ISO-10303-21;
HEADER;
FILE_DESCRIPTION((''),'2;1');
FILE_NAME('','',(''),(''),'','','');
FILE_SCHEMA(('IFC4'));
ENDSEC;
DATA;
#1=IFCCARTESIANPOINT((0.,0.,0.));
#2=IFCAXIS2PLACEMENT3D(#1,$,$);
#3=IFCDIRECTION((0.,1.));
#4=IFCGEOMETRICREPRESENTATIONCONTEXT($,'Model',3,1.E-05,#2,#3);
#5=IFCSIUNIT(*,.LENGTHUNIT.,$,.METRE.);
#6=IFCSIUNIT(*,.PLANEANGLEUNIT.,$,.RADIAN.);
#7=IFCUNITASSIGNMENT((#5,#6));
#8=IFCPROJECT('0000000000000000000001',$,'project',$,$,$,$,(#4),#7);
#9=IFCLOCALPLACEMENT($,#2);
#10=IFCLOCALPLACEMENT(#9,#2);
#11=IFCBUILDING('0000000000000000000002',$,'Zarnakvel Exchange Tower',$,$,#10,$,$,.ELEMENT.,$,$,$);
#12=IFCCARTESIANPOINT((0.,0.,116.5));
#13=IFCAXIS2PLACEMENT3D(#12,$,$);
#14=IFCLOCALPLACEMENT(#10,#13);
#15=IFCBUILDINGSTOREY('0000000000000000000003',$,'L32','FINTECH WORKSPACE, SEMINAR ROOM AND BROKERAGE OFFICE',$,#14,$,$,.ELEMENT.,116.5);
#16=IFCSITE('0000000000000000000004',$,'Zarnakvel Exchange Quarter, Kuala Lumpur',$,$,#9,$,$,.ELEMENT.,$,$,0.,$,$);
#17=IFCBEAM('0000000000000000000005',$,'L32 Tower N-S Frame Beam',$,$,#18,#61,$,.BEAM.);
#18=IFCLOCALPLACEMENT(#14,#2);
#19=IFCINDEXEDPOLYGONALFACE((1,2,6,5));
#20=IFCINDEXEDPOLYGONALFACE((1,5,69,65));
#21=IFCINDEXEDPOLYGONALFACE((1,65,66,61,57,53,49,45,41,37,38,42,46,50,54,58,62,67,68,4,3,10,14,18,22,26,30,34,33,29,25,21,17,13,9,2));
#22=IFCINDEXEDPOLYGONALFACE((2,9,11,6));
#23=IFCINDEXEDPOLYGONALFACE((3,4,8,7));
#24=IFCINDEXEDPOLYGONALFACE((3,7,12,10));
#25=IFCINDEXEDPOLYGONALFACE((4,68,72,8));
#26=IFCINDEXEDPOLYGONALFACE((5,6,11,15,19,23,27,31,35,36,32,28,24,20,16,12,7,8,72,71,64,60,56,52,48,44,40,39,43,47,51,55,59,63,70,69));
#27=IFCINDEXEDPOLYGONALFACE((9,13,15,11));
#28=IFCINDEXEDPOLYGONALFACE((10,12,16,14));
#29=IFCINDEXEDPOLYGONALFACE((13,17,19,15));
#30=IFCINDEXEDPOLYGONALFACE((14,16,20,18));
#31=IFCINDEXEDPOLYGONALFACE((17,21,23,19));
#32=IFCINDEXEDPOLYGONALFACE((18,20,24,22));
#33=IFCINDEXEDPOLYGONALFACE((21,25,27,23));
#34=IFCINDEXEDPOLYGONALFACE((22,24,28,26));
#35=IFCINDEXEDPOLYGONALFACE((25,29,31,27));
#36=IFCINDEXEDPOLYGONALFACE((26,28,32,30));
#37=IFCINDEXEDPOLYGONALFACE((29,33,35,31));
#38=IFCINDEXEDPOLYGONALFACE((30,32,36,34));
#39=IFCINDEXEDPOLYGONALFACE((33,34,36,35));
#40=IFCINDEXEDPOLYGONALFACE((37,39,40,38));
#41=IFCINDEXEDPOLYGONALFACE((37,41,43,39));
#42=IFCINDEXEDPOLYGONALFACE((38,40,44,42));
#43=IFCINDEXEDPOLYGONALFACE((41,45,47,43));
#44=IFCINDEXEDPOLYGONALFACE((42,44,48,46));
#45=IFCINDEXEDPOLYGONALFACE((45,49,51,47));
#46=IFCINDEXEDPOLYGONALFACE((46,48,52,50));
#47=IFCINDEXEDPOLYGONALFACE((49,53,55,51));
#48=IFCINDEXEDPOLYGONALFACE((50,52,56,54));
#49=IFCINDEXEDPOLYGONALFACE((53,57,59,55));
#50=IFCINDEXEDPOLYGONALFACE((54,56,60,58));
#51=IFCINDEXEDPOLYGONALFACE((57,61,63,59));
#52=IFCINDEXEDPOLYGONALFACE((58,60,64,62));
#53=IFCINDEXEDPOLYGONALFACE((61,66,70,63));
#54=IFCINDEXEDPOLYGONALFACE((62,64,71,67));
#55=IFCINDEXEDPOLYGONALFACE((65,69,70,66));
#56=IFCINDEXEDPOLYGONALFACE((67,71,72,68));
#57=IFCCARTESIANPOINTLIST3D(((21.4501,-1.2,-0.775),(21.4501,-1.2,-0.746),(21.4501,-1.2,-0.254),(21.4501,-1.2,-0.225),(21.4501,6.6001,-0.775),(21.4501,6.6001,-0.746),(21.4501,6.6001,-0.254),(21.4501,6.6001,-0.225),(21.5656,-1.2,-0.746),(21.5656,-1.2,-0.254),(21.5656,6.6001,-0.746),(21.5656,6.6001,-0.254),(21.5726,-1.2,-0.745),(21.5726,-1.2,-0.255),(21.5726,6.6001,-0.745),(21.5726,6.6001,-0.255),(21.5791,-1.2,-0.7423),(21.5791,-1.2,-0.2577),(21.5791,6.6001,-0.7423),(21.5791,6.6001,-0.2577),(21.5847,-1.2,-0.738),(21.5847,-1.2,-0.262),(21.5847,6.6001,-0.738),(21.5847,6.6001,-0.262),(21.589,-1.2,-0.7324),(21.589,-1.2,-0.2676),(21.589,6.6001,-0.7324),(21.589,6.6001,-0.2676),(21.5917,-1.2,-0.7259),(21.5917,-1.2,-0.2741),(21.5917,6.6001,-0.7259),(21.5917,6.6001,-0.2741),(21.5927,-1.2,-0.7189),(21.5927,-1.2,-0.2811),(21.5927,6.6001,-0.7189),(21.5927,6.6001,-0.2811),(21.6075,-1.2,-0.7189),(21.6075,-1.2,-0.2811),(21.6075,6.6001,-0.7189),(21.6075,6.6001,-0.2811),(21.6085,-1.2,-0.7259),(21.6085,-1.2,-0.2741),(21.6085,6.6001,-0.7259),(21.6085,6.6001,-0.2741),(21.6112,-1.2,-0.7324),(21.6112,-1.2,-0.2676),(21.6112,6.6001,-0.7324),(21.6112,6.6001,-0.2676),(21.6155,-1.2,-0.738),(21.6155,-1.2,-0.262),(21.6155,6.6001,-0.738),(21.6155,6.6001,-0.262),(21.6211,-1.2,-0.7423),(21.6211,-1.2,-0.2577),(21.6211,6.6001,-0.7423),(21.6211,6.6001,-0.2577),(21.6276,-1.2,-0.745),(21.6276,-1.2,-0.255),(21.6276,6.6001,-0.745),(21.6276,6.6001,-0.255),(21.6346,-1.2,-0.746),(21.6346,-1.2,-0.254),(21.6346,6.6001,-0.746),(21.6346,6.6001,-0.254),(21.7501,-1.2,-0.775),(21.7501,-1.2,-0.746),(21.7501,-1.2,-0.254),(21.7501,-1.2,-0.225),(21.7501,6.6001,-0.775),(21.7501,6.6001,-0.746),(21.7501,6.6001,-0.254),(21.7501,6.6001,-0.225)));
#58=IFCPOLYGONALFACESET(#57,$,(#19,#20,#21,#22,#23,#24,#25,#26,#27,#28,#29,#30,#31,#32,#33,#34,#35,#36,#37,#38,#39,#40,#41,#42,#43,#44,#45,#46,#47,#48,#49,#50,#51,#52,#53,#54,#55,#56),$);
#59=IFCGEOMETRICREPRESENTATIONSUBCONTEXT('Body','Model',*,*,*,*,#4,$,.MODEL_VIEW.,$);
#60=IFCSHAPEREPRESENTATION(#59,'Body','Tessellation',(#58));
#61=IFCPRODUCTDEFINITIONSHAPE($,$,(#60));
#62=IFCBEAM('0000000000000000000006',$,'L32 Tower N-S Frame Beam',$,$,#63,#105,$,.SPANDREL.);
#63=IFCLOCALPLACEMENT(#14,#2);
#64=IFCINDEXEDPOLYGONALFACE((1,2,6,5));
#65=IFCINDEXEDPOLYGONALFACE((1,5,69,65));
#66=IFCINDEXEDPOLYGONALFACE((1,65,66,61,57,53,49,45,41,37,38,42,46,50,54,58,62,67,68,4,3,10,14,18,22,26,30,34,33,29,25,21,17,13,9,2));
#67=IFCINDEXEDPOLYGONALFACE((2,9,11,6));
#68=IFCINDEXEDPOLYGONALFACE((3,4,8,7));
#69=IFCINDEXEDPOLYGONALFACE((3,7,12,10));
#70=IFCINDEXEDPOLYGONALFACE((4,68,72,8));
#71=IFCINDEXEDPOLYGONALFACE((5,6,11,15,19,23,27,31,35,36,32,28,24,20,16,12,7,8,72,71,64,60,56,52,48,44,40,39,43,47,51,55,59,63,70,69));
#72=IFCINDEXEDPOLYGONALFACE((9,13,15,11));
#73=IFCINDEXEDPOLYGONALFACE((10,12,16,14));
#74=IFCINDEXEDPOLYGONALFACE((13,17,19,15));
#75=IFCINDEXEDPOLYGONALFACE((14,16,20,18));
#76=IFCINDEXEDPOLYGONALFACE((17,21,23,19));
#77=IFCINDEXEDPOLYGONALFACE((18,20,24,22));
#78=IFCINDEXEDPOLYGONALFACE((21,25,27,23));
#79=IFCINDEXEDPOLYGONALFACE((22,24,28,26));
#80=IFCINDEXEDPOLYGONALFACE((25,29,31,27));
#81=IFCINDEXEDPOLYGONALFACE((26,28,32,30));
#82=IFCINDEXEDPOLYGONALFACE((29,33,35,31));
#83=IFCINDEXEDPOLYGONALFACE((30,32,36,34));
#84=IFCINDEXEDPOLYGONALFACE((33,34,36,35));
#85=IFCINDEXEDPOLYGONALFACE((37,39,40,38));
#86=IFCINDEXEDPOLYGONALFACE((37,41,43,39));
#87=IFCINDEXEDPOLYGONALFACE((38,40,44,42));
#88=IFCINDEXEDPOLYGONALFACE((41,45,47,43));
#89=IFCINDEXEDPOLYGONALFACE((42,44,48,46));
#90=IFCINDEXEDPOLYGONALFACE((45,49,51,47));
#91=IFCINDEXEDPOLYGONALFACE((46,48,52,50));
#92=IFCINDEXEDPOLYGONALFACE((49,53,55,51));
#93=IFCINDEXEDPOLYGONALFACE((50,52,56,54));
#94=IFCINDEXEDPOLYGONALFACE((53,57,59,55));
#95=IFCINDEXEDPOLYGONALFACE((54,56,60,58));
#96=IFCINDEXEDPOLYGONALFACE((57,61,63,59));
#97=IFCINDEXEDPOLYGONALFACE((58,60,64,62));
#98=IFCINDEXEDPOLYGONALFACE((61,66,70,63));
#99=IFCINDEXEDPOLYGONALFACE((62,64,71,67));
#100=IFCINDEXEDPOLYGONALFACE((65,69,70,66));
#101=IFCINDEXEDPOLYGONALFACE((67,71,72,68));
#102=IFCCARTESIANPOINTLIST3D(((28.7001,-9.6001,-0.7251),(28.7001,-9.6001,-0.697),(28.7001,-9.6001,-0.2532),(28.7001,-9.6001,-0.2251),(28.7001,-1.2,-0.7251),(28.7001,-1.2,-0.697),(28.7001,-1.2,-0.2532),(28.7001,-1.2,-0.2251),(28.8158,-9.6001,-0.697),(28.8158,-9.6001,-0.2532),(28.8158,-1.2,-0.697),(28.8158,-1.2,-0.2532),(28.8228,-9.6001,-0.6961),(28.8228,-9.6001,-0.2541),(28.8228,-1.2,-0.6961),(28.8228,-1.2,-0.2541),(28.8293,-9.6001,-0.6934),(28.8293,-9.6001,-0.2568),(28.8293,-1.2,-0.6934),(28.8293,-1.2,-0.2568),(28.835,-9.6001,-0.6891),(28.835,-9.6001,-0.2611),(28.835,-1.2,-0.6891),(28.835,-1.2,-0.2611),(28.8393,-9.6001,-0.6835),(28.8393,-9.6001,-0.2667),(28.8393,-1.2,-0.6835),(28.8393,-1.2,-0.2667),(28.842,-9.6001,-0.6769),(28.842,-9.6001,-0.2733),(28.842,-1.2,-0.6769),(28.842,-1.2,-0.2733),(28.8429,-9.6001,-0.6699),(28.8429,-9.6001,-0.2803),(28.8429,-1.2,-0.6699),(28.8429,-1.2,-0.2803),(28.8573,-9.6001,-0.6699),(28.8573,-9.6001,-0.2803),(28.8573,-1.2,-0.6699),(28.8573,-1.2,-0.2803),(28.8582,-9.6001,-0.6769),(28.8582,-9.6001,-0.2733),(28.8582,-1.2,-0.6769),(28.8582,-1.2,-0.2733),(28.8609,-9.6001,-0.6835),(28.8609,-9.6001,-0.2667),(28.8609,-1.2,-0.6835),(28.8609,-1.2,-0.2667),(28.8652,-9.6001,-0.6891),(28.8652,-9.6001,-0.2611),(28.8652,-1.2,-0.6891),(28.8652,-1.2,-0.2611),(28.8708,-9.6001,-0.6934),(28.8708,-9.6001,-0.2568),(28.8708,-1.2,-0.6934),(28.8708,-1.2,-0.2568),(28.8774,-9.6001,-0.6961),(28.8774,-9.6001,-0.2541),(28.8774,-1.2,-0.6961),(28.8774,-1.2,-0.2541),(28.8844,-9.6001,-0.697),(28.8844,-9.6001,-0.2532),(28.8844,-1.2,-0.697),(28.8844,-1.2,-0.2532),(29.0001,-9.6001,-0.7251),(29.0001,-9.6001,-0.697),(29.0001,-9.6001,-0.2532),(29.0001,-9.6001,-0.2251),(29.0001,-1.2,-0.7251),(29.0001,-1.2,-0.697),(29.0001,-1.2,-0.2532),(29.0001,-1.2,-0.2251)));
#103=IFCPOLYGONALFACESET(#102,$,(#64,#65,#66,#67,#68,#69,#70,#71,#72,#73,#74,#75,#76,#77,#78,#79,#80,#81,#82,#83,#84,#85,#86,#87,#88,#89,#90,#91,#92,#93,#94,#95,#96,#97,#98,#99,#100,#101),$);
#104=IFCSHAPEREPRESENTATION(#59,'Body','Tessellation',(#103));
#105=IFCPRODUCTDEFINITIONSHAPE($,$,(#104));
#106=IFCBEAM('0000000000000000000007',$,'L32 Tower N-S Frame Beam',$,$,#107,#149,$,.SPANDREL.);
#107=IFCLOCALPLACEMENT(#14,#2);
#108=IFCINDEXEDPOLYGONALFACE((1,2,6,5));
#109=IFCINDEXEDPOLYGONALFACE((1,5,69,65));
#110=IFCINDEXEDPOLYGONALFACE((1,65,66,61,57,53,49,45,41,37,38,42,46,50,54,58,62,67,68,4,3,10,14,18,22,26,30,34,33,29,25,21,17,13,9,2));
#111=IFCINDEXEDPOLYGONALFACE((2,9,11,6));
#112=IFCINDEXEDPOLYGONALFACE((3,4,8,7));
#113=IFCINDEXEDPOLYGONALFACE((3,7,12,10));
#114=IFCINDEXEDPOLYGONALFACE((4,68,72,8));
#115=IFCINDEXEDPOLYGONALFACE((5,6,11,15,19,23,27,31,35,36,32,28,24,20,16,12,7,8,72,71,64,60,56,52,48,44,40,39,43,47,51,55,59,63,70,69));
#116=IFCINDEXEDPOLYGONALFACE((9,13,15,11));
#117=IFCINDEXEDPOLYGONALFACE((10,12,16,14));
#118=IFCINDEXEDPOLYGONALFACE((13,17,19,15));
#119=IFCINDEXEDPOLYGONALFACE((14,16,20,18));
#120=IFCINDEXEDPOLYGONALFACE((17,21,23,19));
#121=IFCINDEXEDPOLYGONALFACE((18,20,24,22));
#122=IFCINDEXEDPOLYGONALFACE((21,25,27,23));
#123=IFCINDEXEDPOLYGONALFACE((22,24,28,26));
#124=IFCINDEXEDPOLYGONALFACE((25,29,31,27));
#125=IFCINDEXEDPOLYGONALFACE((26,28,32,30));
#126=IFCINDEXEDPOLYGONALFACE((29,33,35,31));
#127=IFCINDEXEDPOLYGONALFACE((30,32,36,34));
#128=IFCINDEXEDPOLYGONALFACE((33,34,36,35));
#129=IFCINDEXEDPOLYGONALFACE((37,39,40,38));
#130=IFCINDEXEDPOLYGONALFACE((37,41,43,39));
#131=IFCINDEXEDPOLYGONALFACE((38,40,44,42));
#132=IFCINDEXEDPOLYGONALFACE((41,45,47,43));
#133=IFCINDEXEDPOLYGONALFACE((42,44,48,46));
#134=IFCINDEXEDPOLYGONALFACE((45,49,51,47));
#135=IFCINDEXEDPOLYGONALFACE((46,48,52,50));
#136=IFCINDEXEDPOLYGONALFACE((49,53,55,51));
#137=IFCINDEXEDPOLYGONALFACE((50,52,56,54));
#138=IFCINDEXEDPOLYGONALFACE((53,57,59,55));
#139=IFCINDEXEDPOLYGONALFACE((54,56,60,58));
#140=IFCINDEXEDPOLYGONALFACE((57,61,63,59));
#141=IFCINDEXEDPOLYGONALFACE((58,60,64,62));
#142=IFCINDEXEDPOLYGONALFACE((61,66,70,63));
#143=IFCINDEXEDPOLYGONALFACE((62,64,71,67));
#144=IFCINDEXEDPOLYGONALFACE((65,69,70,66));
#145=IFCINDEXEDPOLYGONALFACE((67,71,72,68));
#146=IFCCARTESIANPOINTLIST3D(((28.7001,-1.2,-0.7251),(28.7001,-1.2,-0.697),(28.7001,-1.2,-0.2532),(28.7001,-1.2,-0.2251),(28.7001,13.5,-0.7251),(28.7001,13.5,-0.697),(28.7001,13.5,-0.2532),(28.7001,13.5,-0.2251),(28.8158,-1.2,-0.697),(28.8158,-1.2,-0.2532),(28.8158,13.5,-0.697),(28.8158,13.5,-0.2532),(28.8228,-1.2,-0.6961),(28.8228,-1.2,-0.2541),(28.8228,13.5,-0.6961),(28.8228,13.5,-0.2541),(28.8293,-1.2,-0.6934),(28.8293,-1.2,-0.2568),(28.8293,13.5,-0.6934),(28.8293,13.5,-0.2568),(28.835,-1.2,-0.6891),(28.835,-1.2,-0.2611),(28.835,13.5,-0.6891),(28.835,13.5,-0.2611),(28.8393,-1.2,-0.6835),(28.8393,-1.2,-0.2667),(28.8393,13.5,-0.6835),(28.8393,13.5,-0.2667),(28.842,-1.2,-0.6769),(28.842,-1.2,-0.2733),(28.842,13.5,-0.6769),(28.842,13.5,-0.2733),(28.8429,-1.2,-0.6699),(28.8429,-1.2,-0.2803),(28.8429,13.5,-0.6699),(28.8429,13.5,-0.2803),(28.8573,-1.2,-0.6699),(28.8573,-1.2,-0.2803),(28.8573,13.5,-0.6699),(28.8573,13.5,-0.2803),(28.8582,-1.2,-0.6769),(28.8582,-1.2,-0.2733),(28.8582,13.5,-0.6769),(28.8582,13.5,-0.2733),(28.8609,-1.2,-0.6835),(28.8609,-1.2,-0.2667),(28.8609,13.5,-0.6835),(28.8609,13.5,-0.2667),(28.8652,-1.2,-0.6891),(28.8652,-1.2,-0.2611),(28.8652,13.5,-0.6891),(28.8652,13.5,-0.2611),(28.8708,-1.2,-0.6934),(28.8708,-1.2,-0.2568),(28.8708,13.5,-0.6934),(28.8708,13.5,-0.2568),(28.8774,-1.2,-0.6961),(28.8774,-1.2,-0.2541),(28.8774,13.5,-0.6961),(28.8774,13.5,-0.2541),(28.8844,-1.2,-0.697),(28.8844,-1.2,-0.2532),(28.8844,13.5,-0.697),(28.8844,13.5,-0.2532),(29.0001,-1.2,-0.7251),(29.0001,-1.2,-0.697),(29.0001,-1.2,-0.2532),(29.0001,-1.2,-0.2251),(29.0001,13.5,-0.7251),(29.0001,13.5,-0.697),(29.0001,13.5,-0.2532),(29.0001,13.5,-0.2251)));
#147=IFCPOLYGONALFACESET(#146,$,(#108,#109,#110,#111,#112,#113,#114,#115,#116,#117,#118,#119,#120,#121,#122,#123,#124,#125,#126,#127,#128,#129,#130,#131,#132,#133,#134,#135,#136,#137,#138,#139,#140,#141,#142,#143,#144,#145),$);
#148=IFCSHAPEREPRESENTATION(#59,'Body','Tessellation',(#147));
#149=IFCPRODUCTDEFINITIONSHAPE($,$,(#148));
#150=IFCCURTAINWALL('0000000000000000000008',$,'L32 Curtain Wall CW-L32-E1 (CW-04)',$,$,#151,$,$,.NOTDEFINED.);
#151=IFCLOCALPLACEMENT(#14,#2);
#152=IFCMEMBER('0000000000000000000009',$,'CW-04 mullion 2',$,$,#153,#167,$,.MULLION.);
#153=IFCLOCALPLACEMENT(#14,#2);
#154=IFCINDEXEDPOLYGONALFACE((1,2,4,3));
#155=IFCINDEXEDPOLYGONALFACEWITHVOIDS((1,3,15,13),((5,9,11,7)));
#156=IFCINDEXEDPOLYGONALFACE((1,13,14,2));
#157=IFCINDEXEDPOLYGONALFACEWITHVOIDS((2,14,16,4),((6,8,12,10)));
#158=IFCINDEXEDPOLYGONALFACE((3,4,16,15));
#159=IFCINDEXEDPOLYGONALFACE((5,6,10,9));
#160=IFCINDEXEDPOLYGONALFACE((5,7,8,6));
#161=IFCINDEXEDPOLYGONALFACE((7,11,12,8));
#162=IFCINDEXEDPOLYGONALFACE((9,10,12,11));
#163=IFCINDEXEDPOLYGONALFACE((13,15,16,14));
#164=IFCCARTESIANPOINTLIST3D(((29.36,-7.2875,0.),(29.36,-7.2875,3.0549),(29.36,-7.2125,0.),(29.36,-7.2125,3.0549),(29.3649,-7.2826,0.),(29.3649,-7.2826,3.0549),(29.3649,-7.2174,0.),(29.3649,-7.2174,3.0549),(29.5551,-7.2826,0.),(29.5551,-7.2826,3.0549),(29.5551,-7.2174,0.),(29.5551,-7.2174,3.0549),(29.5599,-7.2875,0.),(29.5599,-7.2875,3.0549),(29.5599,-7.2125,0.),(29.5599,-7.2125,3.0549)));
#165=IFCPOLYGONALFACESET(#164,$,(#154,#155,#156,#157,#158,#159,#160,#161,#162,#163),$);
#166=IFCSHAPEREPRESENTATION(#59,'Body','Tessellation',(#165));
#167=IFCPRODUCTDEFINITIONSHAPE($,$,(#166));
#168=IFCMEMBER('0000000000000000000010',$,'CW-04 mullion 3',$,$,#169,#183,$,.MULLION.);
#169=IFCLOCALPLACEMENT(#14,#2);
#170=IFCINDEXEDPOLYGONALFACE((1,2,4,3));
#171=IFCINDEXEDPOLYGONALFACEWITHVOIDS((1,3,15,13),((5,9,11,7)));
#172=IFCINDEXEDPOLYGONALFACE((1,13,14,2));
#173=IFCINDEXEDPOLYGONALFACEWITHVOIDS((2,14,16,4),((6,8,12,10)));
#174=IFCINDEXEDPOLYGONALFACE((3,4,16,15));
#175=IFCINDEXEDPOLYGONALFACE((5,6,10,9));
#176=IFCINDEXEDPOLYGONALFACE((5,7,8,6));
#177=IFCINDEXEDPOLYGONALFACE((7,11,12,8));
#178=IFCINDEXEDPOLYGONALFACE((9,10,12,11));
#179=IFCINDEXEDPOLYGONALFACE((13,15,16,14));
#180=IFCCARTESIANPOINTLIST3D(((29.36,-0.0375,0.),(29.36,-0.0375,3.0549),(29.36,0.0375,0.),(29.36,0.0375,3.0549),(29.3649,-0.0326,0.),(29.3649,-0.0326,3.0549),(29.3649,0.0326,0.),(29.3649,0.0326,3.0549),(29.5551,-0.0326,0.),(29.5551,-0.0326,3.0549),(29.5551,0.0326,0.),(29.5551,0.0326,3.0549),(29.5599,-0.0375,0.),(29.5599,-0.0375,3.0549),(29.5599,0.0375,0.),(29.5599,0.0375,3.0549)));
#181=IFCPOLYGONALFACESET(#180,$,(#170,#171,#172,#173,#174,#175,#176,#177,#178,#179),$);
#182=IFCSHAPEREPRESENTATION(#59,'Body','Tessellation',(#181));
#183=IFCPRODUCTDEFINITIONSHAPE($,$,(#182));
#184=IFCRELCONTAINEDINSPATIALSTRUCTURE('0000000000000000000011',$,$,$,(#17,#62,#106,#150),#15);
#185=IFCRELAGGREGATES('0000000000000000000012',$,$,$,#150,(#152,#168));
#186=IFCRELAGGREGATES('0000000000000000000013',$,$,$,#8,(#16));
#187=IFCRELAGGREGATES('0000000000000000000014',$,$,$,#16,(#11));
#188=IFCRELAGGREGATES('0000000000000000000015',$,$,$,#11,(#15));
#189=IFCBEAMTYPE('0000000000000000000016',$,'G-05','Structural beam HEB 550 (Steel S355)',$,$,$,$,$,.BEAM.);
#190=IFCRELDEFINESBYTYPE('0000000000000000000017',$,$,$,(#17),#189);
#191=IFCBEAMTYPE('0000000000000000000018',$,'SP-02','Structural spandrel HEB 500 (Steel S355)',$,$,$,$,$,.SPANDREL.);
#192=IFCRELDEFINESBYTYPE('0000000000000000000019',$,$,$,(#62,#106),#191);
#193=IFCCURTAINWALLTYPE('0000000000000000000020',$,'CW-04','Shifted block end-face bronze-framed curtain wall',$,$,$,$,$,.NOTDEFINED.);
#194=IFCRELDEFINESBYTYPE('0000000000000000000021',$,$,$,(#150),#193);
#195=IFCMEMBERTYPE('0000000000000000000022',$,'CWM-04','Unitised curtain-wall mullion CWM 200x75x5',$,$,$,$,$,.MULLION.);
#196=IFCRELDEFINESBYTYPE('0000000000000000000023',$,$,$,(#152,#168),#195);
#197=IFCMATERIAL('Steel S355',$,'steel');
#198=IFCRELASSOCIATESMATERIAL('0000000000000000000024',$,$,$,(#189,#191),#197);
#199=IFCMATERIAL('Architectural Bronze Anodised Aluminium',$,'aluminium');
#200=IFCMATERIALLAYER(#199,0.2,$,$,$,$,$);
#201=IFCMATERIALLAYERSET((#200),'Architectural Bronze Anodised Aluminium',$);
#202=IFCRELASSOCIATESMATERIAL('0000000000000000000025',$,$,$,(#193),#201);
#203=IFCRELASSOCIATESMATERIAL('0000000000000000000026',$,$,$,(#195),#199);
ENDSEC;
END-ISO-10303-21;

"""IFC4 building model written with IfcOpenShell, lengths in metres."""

from ifc_helpers import new_model, si_unit, direction, frame, origin, origin_2d, place, context, subcontext, project, spatial, hollow_rectangle, i_section, extrude, source, transform, mapped, material, layer, layer_set, material_profile, profile_set, type_object, element, aggregate, save


model = new_model("IFC4")

# Units and contexts
model_context = context("Model", 3, precision=1e-05, world=origin(), true_north=direction((0.0, 1.0)))
body_context = subcontext(model_context, "Body", "Model", "MODEL_VIEW")
ifc_project = project(units=[si_unit("LENGTHUNIT", "METRE"), si_unit("PLANEANGLEUNIT", "RADIAN")], contexts=[model_context])

# Site, building, storey
site_placement = place(None, origin())
site = spatial("IfcSite", under=ifc_project, at=site_placement, Name="Zarnakvel Exchange Quarter, Kuala Lumpur", CompositionType="ELEMENT", RefElevation=0.0)
building_placement = place(site_placement, origin())
building = spatial("IfcBuilding", under=site, at=building_placement, Name="Zarnakvel Exchange Tower", CompositionType="ELEMENT")
storey_placement = place(building_placement, frame((0.0, 0.0, 116.5)))
storey = spatial("IfcBuildingStorey", under=building, at=storey_placement, Name="L32", Description="FINTECH WORKSPACE, SEMINAR ROOM AND BROKERAGE OFFICE", CompositionType="ELEMENT", Elevation=116.5)

# Shared definitions
ifc_material_1 = material(Name="Steel S355", Category="steel")

# Beams
ifc_material_profile_1 = material_profile(ifc_material_1, i_section(OverallWidth=0.3, OverallDepth=0.55, WebThickness=0.0149, FlangeThickness=0.0291, FilletRadius=0.0271, at=origin_2d()))
ifc_profile_set_1 = profile_set([ifc_material_profile_1], Name="Steel S355")
beam_type_1 = type_object("IfcBeamType", Name="G-05", Description="Structural beam HEB 550 (Steel S355)", PredefinedType="BEAM", material=ifc_profile_set_1)
beam_1_placement = place(storey_placement, frame((21.6001, -1.2, -0.5), z_axis=(0.0, 1.0, 0.0), x_axis=(-1.0, 0.0, 0.0)))
element("IfcBeam", 1, at=beam_1_placement, inside=storey, type_object=beam_type_1, Name="L32 Tower N-S Frame Beam", PredefinedType="BEAM", context=body_context, shape_type="SweptSolid", body=[
    extrude(i_section(OverallWidth=0.3, OverallDepth=0.55, WebThickness=0.0149, FlangeThickness=0.0291, FilletRadius=0.0271, at=origin_2d()), origin(), (0.0, 0.0, 1.0), 7.8),
])
ifc_material_profile_2 = material_profile(ifc_material_1, i_section(OverallWidth=0.3, OverallDepth=0.5, WebThickness=0.0144, FlangeThickness=0.0281, FilletRadius=0.0271, at=origin_2d()))
ifc_profile_set_2 = profile_set([ifc_material_profile_2], Name="Steel S355")
beam_type_2 = type_object("IfcBeamType", Name="SP-02", Description="Structural spandrel HEB 500 (Steel S355)", PredefinedType="SPANDREL", material=ifc_profile_set_2)
beam_2_placement = place(storey_placement, frame((28.8501, -9.6001, -0.4751), z_axis=(0.0, 1.0, 0.0), x_axis=(-1.0, 0.0, 0.0)))
element("IfcBeam", 2, at=beam_2_placement, inside=storey, type_object=beam_type_2, Name="L32 Tower N-S Frame Beam", PredefinedType="SPANDREL", context=body_context, shape_type="SweptSolid", body=[
    extrude(i_section(OverallWidth=0.3, OverallDepth=0.5, WebThickness=0.0144, FlangeThickness=0.0281, FilletRadius=0.0271, at=origin_2d()), origin(), (0.0, 0.0, 1.0), 8.4001),
])
beam_3_placement = place(storey_placement, frame((28.8501, -1.2, -0.4751), z_axis=(0.0, 1.0, 0.0), x_axis=(-1.0, 0.0, 0.0)))
element("IfcBeam", 3, at=beam_3_placement, inside=storey, type_object=beam_type_2, Name="L32 Tower N-S Frame Beam", PredefinedType="SPANDREL", context=body_context, shape_type="SweptSolid", body=[
    extrude(i_section(OverallWidth=0.3, OverallDepth=0.5, WebThickness=0.0144, FlangeThickness=0.0281, FilletRadius=0.0271, at=origin_2d()), origin(), (0.0, 0.0, 1.0), 14.7),
])

# Curtain wall, members
ifc_material_2 = material(Name="Architectural Bronze Anodised Aluminium", Category="aluminium")
ifc_layer_1 = layer(ifc_material_2, 0.2)
ifc_layer_set_1 = layer_set([ifc_layer_1], Name="Architectural Bronze Anodised Aluminium")
curtain_wall_type = type_object("IfcCurtainWallType", Name="CW-04", Description="Shifted block end-face bronze-framed curtain wall", PredefinedType="NOTDEFINED", material=ifc_layer_set_1)
curtain_wall_placement = place(storey_placement, origin())
curtain_wall = element("IfcCurtainWall", 4, at=curtain_wall_placement, inside=storey, type_object=curtain_wall_type, Name="L32 Curtain Wall CW-L32-E1 (CW-04)", PredefinedType="NOTDEFINED")
ifc_material_profile_3 = material_profile(ifc_material_2, hollow_rectangle(XDim=0.2, YDim=0.075, WallThickness=0.0049, at=origin_2d()))
ifc_profile_set_3 = profile_set([ifc_material_profile_3], Name="Architectural Bronze Anodised Aluminium")
member_type_1 = type_object("IfcMemberType", Name="CWM-04", Description="Unitised curtain-wall mullion CWM 200x75x5", PredefinedType="MULLION", material=ifc_profile_set_3)
shared_shape_1 = source(origin(), body_context, "Body", "SweptSolid", [
    extrude(hollow_rectangle(XDim=0.2, YDim=0.075, WallThickness=0.0049, at=origin_2d()), origin(), (0.0, 0.0, 1.0), 3.0549),
])
member_1_placement = place(storey_placement, frame((29.46, -7.25, 0.0), z_axis=(0.0, 0.0, 1.0), x_axis=(-1.0, 0.0, 0.0)))
member_1 = element("IfcMember", 5, at=member_1_placement, type_object=member_type_1, Name="CW-04 mullion 2", PredefinedType="MULLION", context=body_context, shape_type="MappedRepresentation", body=[
    mapped(shared_shape_1, transform((0.0, 0.0, 0.0), x_axis=(1.0, 0.0, 0.0), y_axis=(0.0, 1.0, 0.0), z_axis=(0.0, 0.0, 1.0), scale=1.0)),
])
member_2_placement = place(storey_placement, frame((29.46, 0.0, 0.0), z_axis=(0.0, 0.0, 1.0), x_axis=(-1.0, 0.0, 0.0)))
member_2 = element("IfcMember", 6, at=member_2_placement, type_object=member_type_1, Name="CW-04 mullion 3", PredefinedType="MULLION", context=body_context, shape_type="MappedRepresentation", body=[
    mapped(shared_shape_1, transform((0.0, 0.0, 0.0), x_axis=(1.0, 0.0, 0.0), y_axis=(0.0, 1.0, 0.0), z_axis=(0.0, 0.0, 1.0), scale=1.0)),
])
aggregate(curtain_wall, [member_1, member_2])

save(model, "model.ifc")
